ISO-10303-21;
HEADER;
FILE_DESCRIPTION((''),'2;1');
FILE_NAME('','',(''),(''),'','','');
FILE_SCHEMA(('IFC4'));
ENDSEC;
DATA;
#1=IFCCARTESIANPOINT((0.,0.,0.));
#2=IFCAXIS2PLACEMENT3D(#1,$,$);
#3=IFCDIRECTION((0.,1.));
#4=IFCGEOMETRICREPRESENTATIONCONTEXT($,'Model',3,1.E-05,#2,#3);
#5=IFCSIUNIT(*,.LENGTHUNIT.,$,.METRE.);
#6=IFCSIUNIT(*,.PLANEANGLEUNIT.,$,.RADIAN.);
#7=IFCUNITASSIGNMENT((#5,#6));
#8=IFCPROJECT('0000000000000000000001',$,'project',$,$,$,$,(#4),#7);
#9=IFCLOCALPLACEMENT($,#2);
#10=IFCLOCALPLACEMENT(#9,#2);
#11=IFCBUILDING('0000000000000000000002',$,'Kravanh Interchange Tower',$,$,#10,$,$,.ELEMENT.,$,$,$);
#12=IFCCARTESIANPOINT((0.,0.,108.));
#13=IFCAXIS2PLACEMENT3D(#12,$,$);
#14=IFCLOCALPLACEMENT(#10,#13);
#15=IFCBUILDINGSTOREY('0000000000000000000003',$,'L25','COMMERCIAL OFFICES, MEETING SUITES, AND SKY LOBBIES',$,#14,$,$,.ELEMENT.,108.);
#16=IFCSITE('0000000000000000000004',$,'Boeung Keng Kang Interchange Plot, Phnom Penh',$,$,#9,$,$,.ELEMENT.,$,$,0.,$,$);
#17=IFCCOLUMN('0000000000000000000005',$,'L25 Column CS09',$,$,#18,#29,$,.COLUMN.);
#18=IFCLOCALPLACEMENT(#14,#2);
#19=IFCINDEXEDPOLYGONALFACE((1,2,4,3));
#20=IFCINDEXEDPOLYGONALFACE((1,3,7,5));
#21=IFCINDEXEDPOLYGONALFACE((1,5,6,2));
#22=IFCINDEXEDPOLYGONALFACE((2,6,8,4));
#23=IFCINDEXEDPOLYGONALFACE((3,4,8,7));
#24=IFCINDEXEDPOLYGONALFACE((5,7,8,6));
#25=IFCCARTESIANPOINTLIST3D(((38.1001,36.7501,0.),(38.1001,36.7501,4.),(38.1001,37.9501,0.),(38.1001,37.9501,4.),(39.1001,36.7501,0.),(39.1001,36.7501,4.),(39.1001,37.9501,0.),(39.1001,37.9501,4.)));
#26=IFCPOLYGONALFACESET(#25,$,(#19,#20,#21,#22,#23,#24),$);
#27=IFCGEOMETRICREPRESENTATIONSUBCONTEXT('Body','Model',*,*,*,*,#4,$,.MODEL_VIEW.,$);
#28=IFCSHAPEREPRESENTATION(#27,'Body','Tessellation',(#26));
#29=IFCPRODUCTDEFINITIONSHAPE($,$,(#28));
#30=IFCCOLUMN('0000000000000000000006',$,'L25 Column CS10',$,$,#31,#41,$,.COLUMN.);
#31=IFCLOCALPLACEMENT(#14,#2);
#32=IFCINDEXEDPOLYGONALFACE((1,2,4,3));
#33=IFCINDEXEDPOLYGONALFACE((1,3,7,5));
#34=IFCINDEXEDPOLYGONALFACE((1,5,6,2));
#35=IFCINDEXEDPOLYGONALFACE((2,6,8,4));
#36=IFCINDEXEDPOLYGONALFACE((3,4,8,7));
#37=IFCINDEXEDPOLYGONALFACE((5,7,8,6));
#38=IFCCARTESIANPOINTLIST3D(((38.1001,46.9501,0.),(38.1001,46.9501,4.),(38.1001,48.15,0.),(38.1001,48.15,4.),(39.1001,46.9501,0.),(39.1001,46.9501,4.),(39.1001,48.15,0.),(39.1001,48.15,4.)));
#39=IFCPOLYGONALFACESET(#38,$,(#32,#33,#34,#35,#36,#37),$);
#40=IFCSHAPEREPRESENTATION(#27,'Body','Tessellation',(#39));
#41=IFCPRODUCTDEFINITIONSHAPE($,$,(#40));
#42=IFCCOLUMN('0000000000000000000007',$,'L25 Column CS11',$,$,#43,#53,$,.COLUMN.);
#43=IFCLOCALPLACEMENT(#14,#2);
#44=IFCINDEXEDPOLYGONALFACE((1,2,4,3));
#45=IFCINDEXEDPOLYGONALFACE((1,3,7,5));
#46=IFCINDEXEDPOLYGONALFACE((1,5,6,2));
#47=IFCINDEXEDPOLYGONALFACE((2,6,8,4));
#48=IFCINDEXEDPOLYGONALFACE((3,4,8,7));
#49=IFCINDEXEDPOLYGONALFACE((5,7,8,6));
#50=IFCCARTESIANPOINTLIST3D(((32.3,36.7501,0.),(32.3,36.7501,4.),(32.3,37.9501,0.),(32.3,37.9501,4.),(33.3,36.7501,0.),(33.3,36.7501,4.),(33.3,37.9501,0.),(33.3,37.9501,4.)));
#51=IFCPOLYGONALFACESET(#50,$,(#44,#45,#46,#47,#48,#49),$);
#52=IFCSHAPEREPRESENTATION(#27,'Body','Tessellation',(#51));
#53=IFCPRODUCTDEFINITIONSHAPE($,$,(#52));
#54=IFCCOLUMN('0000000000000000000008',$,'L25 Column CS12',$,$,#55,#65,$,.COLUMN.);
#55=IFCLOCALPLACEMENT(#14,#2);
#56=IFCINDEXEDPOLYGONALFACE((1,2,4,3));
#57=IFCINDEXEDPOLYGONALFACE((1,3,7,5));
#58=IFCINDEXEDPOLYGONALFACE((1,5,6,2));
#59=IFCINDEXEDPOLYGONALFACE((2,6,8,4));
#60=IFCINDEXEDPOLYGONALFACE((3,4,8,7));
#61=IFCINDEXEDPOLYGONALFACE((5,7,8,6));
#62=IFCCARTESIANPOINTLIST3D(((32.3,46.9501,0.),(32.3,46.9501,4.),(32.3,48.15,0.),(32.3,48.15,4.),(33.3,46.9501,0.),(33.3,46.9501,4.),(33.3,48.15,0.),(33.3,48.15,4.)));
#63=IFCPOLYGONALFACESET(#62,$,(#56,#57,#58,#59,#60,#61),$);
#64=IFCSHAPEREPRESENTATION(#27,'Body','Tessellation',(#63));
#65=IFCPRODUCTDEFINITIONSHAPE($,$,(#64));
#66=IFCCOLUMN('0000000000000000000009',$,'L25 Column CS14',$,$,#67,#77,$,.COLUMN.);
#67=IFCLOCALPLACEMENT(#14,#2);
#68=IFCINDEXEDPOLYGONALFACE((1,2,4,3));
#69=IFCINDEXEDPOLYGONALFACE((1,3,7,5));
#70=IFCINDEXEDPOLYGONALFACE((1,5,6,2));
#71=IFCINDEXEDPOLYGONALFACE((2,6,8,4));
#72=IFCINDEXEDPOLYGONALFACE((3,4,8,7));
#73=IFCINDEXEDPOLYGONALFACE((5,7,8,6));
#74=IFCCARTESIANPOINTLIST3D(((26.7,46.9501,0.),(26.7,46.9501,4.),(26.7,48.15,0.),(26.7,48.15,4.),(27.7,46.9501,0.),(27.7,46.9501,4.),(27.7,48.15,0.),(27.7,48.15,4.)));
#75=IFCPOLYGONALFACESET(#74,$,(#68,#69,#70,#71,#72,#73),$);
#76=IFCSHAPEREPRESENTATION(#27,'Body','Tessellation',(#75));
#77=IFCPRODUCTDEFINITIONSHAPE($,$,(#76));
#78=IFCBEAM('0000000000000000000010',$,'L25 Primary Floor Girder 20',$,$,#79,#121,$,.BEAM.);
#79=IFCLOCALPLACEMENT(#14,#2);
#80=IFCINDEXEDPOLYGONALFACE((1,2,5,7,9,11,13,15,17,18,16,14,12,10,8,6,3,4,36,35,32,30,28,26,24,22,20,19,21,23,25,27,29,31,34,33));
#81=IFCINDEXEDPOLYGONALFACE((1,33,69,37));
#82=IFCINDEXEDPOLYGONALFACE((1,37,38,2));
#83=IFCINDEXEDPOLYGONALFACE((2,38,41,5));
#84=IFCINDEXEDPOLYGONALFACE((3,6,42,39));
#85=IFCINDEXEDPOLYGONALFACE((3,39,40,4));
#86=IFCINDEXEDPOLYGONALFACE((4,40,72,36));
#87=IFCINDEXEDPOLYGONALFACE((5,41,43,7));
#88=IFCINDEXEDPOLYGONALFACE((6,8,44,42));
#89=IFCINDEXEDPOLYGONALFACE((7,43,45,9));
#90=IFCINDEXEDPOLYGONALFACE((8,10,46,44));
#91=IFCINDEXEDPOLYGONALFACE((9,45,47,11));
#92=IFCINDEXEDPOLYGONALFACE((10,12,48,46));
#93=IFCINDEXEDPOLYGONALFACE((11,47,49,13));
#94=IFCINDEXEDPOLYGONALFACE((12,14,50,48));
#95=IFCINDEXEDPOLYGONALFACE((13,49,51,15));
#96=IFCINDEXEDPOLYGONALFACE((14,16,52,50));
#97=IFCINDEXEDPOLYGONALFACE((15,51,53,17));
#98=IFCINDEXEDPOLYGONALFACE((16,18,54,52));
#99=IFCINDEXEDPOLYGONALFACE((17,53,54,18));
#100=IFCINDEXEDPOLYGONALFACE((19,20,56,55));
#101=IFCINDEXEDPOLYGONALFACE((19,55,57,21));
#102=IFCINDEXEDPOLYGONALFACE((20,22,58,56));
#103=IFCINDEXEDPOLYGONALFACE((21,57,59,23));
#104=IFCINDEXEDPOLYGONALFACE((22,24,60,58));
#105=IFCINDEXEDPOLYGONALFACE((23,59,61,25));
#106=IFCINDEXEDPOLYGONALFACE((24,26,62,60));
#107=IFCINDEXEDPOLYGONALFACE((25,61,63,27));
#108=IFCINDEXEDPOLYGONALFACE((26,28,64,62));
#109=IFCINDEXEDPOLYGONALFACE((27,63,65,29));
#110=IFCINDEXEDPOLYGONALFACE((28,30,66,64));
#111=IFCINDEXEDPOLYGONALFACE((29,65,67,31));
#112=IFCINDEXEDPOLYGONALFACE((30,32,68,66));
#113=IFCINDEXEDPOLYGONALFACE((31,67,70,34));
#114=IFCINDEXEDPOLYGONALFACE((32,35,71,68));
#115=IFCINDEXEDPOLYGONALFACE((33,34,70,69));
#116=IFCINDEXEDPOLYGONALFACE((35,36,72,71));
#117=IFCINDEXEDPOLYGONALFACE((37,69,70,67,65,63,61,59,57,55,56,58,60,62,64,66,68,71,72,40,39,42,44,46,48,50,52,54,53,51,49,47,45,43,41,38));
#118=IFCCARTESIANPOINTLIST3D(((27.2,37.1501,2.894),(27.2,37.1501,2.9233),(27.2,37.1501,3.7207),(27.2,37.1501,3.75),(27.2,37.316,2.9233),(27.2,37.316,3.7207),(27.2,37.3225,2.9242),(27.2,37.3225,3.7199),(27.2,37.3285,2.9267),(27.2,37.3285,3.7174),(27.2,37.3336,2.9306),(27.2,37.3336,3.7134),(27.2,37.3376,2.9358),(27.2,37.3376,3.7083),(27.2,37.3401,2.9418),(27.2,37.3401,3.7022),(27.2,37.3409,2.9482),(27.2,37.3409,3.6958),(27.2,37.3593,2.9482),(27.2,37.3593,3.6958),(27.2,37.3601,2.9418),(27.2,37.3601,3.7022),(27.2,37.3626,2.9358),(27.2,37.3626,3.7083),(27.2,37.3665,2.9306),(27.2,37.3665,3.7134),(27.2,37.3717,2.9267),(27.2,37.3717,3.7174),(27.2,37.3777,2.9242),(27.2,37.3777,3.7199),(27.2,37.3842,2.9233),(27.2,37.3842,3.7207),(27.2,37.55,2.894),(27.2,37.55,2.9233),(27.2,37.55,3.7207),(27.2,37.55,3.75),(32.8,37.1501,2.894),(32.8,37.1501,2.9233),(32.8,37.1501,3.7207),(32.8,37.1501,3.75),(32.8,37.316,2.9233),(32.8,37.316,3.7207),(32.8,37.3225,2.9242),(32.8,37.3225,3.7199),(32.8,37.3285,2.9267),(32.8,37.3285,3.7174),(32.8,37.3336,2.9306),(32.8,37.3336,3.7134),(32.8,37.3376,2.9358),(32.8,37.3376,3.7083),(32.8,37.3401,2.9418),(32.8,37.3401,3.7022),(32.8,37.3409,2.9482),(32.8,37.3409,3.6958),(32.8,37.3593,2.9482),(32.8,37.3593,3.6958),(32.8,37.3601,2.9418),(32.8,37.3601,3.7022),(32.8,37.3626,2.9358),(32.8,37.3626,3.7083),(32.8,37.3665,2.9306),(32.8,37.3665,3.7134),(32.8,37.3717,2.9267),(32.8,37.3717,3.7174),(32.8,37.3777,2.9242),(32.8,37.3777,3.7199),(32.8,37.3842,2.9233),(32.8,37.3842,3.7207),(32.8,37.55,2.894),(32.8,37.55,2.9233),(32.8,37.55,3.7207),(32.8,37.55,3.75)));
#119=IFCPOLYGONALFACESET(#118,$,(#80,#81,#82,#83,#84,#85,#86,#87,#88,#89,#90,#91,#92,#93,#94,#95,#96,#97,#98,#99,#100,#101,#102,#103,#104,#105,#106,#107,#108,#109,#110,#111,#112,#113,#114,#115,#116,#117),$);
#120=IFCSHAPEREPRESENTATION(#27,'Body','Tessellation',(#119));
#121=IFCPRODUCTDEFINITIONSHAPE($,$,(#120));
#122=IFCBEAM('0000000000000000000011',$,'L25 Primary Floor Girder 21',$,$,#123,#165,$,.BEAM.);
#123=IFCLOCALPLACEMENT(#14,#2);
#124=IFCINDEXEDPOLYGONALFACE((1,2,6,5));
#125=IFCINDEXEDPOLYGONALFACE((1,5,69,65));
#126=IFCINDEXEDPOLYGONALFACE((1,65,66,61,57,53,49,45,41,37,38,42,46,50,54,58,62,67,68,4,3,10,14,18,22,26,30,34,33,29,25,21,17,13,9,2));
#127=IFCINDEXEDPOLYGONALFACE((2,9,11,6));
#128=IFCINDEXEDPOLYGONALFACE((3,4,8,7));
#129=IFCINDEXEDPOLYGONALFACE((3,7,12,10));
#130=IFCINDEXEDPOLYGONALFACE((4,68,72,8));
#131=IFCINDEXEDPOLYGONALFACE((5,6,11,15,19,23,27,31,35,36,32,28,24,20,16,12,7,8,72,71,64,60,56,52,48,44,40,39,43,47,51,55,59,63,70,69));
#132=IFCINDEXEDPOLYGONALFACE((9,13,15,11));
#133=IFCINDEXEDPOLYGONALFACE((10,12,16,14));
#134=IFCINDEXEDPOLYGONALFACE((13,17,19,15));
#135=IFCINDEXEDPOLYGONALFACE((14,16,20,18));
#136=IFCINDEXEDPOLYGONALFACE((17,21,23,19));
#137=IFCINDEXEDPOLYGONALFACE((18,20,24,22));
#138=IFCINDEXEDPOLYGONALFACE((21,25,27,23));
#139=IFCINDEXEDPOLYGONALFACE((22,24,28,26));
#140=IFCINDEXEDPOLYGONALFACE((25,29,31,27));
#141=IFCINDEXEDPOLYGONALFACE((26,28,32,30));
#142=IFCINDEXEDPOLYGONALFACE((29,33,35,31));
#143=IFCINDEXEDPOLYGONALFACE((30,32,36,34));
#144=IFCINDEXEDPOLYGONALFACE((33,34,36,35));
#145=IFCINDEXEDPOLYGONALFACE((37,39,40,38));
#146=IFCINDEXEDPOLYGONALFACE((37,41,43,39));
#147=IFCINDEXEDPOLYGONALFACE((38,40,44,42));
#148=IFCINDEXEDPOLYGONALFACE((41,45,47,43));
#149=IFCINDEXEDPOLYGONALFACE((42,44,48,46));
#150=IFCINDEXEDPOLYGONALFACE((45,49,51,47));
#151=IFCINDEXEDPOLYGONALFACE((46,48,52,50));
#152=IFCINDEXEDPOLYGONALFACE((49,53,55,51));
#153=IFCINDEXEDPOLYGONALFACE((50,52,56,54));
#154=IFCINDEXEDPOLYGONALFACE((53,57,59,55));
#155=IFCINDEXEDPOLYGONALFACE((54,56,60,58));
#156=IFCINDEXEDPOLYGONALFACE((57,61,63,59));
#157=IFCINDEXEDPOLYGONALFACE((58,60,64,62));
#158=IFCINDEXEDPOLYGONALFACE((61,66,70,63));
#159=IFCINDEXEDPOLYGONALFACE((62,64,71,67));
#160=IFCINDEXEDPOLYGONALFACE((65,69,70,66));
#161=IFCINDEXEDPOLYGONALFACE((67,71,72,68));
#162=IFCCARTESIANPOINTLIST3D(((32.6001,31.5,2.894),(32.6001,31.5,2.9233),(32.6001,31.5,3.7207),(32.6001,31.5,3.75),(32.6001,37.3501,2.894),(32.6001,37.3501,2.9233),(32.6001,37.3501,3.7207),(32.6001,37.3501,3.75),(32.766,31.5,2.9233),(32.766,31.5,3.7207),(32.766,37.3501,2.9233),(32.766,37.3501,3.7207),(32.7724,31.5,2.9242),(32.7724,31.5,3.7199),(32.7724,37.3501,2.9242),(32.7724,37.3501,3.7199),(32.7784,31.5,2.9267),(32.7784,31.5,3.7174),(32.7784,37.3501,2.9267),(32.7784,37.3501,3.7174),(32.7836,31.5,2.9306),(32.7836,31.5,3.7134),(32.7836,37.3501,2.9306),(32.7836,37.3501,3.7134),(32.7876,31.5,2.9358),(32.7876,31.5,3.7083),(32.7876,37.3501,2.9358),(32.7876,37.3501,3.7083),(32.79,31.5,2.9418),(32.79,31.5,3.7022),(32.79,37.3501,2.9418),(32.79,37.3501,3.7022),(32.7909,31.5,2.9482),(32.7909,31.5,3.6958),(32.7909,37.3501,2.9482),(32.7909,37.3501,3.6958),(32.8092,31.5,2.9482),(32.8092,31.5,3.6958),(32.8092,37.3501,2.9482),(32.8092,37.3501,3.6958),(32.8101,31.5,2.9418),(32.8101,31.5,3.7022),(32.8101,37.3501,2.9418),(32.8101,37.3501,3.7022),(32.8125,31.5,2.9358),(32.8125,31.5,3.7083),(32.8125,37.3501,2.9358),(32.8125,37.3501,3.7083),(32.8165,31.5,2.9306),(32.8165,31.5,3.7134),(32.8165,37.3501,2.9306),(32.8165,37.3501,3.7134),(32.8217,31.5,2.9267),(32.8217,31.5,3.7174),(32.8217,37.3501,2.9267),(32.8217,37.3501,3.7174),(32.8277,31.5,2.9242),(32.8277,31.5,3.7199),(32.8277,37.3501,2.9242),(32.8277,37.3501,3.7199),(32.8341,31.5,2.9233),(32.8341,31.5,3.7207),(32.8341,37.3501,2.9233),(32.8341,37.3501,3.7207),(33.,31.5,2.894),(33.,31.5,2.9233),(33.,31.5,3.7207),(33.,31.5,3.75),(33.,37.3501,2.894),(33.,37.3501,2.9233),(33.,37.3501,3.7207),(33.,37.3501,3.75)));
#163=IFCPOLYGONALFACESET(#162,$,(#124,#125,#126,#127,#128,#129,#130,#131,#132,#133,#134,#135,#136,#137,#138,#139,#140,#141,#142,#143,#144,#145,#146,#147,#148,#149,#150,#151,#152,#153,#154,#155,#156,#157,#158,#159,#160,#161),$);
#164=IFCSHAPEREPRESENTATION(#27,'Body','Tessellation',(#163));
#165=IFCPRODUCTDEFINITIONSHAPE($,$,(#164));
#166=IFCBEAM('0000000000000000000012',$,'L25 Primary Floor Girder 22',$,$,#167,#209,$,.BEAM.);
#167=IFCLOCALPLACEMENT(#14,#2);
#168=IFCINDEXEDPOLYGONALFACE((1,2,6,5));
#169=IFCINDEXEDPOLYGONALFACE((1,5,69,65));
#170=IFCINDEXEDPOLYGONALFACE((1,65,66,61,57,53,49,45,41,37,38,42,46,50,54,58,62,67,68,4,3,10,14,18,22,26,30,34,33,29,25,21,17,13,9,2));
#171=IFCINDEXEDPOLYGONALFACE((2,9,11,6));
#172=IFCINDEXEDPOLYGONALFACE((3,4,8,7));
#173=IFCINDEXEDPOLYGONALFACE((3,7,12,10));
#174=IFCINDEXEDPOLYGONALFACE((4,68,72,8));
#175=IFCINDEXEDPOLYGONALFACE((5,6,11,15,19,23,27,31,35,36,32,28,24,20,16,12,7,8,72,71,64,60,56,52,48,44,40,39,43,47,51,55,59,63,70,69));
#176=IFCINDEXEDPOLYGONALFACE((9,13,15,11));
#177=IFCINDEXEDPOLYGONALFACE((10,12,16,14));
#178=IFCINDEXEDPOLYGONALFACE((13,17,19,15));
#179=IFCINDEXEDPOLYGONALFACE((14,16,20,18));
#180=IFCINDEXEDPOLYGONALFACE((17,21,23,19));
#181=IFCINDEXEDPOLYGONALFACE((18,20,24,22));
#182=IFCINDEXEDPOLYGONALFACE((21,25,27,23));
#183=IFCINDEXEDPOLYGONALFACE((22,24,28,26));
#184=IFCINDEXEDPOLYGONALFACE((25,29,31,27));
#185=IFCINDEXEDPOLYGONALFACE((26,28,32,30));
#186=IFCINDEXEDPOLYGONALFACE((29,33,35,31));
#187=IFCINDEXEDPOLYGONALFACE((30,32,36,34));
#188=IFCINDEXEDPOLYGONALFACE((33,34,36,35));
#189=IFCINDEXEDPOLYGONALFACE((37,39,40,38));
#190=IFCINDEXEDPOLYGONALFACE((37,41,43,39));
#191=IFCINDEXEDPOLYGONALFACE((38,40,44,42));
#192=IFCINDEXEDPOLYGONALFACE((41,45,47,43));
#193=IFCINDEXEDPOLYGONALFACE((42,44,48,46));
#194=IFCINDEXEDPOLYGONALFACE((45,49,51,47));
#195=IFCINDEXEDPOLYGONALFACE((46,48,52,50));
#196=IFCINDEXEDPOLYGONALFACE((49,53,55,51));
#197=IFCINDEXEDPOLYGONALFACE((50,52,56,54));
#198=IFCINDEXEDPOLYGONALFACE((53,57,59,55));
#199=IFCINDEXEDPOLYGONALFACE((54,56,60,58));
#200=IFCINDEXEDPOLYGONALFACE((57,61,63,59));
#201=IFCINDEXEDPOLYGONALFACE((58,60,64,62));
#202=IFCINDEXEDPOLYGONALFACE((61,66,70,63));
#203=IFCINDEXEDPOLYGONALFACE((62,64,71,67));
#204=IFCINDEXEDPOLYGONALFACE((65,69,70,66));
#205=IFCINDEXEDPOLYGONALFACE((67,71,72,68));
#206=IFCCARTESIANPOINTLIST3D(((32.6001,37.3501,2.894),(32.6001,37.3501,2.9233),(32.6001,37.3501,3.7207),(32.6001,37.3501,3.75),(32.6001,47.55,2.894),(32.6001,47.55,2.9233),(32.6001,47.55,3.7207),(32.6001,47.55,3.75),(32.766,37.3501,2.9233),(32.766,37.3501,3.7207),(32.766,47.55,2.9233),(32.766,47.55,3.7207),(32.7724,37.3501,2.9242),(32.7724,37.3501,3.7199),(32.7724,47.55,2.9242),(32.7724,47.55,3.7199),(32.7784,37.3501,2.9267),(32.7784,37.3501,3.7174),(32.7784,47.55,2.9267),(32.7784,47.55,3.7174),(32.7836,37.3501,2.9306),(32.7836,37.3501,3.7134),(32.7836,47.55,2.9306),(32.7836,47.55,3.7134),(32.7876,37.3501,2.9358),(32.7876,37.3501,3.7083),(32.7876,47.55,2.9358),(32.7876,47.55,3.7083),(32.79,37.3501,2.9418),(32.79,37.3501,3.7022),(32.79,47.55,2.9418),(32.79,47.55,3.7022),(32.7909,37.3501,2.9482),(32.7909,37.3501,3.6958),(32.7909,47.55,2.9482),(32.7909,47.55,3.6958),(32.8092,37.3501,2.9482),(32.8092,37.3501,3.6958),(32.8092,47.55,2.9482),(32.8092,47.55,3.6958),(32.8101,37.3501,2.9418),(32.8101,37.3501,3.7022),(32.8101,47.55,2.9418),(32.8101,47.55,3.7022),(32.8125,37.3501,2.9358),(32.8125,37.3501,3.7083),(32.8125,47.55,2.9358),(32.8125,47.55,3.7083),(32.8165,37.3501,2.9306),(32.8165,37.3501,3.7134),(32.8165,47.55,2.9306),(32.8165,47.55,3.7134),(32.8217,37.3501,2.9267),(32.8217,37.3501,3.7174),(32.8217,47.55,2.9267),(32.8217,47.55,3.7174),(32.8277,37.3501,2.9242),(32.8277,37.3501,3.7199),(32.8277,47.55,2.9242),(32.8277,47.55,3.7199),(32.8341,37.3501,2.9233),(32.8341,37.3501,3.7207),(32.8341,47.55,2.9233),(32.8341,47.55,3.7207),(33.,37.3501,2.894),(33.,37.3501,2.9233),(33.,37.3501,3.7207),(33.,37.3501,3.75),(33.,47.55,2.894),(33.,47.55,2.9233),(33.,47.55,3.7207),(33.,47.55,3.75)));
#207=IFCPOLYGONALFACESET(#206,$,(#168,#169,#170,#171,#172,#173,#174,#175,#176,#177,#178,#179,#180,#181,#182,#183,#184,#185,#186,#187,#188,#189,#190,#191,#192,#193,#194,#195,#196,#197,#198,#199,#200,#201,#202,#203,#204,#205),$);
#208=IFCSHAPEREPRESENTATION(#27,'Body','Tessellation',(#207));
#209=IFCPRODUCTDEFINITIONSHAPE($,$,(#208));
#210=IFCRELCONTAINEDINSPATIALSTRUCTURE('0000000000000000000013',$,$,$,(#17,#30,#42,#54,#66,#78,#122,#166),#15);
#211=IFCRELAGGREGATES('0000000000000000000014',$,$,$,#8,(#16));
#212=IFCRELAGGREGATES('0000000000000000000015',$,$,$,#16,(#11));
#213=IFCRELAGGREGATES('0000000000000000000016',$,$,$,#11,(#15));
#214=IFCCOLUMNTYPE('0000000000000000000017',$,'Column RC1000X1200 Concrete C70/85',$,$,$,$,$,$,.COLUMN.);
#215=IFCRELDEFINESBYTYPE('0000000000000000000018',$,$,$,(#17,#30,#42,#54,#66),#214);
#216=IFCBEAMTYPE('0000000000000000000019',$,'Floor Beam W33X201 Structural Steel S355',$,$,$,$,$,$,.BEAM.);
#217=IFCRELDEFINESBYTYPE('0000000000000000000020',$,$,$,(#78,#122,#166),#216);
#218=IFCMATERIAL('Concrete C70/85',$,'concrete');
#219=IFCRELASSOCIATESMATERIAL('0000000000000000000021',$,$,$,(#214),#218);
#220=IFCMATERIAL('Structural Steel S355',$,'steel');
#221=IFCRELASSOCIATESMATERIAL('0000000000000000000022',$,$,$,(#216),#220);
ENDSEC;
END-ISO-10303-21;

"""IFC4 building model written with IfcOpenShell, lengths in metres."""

from ifc_helpers import new_model, si_unit, direction, frame, origin, origin_2d, place, context, subcontext, project, spatial, rectangle, i_section, extrude, material, material_profile, profile_set, type_object, element, save


model = new_model("IFC4")

# Units and contexts
model_context = context("Model", 3, precision=1e-05, world=origin(), true_north=direction((0.0, 1.0)))
body_context = subcontext(model_context, "Body", "Model", "MODEL_VIEW")
ifc_project = project(units=[si_unit("LENGTHUNIT", "METRE"), si_unit("PLANEANGLEUNIT", "RADIAN")], contexts=[model_context])

# Site, building, storey
site_placement = place(None, origin())
site = spatial("IfcSite", under=ifc_project, at=site_placement, Name="Boeung Keng Kang Interchange Plot, Phnom Penh", CompositionType="ELEMENT", RefElevation=0.0)
building_placement = place(site_placement, origin())
building = spatial("IfcBuilding", under=site, at=building_placement, Name="Kravanh Interchange Tower", CompositionType="ELEMENT")
storey_placement = place(building_placement, frame((0.0, 0.0, 108.0)))
storey = spatial("IfcBuildingStorey", under=building, at=storey_placement, Name="L25", Description="COMMERCIAL OFFICES, MEETING SUITES, AND SKY LOBBIES", CompositionType="ELEMENT", Elevation=108.0)

# Columns
ifc_material_1 = material(Name="Concrete C70/85", Category="concrete")
ifc_material_profile_1 = material_profile(ifc_material_1, rectangle(XDim=1.0, YDim=1.2, at=origin_2d()), Name="RC1000X1200")
ifc_profile_set_1 = profile_set([ifc_material_profile_1], Name="Concrete C70/85")
column_type = type_object("IfcColumnType", Name="Column RC1000X1200 Concrete C70/85", PredefinedType="COLUMN", material=ifc_profile_set_1)
for number, where, z_axis, x_axis, name in (
    (1, (38.6001, 37.3501, 0.0), (0.0, 0.0, 1.0), (1.0, 0.0, 0.0), "L25 Column CS09"),
    (2, (38.6001, 47.55, 0.0), (0.0, 0.0, 1.0), (1.0, 0.0, 0.0), "L25 Column CS10"),
    (3, (32.8, 37.3501, 0.0), (0.0, 0.0, 1.0), (1.0, 0.0, 0.0), "L25 Column CS11"),
    (4, (32.8, 47.55, 0.0), (0.0, 0.0, 1.0), (1.0, 0.0, 0.0), "L25 Column CS12"),
    (5, (27.2, 47.55, 0.0), (0.0, 0.0, 1.0), (1.0, 0.0, 0.0), "L25 Column CS14"),
):
    element("IfcColumn", number, at=place(storey_placement, frame(where, z_axis=z_axis, x_axis=x_axis)), inside=storey, type_object=column_type, Name=name, PredefinedType="COLUMN", context=body_context, shape_type="SweptSolid", body=[
        extrude(rectangle(XDim=1.0, YDim=1.2, at=origin_2d()), origin(), (0.0, 0.0, 1.0), 4.0),
    ])

# Beams
ifc_material_2 = material(Name="Structural Steel S355", Category="steel")
ifc_material_profile_2 = material_profile(ifc_material_2, i_section(OverallWidth=0.3999, OverallDepth=0.856, WebThickness=0.0183, FlangeThickness=0.0293, FilletRadius=0.0249, at=origin_2d()), Name="W33X201")
ifc_profile_set_2 = profile_set([ifc_material_profile_2], Name="Structural Steel S355")
beam_type = type_object("IfcBeamType", Name="Floor Beam W33X201 Structural Steel S355", PredefinedType="BEAM", material=ifc_profile_set_2)
beam_1_placement = place(storey_placement, frame((32.8, 37.3501, 3.322), z_axis=(-1.0, 0.0, 0.0), x_axis=(0.0, -1.0, 0.0)))
element("IfcBeam", 6, at=beam_1_placement, inside=storey, type_object=beam_type, Name="L25 Primary Floor Girder 20", PredefinedType="BEAM", context=body_context, shape_type="SweptSolid", body=[
    extrude(i_section(OverallWidth=0.3999, OverallDepth=0.856, WebThickness=0.0183, FlangeThickness=0.0293, FilletRadius=0.0249, at=origin_2d()), origin(), (0.0, 0.0, 1.0), 5.6001),
])
beam_2_placement = place(storey_placement, frame((32.8, 37.3501, 3.322), z_axis=(0.0, -1.0, 0.0), x_axis=(1.0, 0.0, 0.0)))
element("IfcBeam", 7, at=beam_2_placement, inside=storey, type_object=beam_type, Name="L25 Primary Floor Girder 21", PredefinedType="BEAM", context=body_context, shape_type="SweptSolid", body=[
    extrude(i_section(OverallWidth=0.3999, OverallDepth=0.856, WebThickness=0.0183, FlangeThickness=0.0293, FilletRadius=0.0249, at=origin_2d()), origin(), (0.0, 0.0, 1.0), 5.8501),
])
beam_3_placement = place(storey_placement, frame((32.8, 37.3501, 3.322), z_axis=(0.0, 1.0, 0.0), x_axis=(-1.0, 0.0, 0.0)))
element("IfcBeam", 8, at=beam_3_placement, inside=storey, type_object=beam_type, Name="L25 Primary Floor Girder 22", PredefinedType="BEAM", context=body_context, shape_type="SweptSolid", body=[
    extrude(i_section(OverallWidth=0.3999, OverallDepth=0.856, WebThickness=0.0183, FlangeThickness=0.0293, FilletRadius=0.0249, at=origin_2d()), origin(), (0.0, 0.0, 1.0), 10.2),
])

save(model, "model.ifc")
